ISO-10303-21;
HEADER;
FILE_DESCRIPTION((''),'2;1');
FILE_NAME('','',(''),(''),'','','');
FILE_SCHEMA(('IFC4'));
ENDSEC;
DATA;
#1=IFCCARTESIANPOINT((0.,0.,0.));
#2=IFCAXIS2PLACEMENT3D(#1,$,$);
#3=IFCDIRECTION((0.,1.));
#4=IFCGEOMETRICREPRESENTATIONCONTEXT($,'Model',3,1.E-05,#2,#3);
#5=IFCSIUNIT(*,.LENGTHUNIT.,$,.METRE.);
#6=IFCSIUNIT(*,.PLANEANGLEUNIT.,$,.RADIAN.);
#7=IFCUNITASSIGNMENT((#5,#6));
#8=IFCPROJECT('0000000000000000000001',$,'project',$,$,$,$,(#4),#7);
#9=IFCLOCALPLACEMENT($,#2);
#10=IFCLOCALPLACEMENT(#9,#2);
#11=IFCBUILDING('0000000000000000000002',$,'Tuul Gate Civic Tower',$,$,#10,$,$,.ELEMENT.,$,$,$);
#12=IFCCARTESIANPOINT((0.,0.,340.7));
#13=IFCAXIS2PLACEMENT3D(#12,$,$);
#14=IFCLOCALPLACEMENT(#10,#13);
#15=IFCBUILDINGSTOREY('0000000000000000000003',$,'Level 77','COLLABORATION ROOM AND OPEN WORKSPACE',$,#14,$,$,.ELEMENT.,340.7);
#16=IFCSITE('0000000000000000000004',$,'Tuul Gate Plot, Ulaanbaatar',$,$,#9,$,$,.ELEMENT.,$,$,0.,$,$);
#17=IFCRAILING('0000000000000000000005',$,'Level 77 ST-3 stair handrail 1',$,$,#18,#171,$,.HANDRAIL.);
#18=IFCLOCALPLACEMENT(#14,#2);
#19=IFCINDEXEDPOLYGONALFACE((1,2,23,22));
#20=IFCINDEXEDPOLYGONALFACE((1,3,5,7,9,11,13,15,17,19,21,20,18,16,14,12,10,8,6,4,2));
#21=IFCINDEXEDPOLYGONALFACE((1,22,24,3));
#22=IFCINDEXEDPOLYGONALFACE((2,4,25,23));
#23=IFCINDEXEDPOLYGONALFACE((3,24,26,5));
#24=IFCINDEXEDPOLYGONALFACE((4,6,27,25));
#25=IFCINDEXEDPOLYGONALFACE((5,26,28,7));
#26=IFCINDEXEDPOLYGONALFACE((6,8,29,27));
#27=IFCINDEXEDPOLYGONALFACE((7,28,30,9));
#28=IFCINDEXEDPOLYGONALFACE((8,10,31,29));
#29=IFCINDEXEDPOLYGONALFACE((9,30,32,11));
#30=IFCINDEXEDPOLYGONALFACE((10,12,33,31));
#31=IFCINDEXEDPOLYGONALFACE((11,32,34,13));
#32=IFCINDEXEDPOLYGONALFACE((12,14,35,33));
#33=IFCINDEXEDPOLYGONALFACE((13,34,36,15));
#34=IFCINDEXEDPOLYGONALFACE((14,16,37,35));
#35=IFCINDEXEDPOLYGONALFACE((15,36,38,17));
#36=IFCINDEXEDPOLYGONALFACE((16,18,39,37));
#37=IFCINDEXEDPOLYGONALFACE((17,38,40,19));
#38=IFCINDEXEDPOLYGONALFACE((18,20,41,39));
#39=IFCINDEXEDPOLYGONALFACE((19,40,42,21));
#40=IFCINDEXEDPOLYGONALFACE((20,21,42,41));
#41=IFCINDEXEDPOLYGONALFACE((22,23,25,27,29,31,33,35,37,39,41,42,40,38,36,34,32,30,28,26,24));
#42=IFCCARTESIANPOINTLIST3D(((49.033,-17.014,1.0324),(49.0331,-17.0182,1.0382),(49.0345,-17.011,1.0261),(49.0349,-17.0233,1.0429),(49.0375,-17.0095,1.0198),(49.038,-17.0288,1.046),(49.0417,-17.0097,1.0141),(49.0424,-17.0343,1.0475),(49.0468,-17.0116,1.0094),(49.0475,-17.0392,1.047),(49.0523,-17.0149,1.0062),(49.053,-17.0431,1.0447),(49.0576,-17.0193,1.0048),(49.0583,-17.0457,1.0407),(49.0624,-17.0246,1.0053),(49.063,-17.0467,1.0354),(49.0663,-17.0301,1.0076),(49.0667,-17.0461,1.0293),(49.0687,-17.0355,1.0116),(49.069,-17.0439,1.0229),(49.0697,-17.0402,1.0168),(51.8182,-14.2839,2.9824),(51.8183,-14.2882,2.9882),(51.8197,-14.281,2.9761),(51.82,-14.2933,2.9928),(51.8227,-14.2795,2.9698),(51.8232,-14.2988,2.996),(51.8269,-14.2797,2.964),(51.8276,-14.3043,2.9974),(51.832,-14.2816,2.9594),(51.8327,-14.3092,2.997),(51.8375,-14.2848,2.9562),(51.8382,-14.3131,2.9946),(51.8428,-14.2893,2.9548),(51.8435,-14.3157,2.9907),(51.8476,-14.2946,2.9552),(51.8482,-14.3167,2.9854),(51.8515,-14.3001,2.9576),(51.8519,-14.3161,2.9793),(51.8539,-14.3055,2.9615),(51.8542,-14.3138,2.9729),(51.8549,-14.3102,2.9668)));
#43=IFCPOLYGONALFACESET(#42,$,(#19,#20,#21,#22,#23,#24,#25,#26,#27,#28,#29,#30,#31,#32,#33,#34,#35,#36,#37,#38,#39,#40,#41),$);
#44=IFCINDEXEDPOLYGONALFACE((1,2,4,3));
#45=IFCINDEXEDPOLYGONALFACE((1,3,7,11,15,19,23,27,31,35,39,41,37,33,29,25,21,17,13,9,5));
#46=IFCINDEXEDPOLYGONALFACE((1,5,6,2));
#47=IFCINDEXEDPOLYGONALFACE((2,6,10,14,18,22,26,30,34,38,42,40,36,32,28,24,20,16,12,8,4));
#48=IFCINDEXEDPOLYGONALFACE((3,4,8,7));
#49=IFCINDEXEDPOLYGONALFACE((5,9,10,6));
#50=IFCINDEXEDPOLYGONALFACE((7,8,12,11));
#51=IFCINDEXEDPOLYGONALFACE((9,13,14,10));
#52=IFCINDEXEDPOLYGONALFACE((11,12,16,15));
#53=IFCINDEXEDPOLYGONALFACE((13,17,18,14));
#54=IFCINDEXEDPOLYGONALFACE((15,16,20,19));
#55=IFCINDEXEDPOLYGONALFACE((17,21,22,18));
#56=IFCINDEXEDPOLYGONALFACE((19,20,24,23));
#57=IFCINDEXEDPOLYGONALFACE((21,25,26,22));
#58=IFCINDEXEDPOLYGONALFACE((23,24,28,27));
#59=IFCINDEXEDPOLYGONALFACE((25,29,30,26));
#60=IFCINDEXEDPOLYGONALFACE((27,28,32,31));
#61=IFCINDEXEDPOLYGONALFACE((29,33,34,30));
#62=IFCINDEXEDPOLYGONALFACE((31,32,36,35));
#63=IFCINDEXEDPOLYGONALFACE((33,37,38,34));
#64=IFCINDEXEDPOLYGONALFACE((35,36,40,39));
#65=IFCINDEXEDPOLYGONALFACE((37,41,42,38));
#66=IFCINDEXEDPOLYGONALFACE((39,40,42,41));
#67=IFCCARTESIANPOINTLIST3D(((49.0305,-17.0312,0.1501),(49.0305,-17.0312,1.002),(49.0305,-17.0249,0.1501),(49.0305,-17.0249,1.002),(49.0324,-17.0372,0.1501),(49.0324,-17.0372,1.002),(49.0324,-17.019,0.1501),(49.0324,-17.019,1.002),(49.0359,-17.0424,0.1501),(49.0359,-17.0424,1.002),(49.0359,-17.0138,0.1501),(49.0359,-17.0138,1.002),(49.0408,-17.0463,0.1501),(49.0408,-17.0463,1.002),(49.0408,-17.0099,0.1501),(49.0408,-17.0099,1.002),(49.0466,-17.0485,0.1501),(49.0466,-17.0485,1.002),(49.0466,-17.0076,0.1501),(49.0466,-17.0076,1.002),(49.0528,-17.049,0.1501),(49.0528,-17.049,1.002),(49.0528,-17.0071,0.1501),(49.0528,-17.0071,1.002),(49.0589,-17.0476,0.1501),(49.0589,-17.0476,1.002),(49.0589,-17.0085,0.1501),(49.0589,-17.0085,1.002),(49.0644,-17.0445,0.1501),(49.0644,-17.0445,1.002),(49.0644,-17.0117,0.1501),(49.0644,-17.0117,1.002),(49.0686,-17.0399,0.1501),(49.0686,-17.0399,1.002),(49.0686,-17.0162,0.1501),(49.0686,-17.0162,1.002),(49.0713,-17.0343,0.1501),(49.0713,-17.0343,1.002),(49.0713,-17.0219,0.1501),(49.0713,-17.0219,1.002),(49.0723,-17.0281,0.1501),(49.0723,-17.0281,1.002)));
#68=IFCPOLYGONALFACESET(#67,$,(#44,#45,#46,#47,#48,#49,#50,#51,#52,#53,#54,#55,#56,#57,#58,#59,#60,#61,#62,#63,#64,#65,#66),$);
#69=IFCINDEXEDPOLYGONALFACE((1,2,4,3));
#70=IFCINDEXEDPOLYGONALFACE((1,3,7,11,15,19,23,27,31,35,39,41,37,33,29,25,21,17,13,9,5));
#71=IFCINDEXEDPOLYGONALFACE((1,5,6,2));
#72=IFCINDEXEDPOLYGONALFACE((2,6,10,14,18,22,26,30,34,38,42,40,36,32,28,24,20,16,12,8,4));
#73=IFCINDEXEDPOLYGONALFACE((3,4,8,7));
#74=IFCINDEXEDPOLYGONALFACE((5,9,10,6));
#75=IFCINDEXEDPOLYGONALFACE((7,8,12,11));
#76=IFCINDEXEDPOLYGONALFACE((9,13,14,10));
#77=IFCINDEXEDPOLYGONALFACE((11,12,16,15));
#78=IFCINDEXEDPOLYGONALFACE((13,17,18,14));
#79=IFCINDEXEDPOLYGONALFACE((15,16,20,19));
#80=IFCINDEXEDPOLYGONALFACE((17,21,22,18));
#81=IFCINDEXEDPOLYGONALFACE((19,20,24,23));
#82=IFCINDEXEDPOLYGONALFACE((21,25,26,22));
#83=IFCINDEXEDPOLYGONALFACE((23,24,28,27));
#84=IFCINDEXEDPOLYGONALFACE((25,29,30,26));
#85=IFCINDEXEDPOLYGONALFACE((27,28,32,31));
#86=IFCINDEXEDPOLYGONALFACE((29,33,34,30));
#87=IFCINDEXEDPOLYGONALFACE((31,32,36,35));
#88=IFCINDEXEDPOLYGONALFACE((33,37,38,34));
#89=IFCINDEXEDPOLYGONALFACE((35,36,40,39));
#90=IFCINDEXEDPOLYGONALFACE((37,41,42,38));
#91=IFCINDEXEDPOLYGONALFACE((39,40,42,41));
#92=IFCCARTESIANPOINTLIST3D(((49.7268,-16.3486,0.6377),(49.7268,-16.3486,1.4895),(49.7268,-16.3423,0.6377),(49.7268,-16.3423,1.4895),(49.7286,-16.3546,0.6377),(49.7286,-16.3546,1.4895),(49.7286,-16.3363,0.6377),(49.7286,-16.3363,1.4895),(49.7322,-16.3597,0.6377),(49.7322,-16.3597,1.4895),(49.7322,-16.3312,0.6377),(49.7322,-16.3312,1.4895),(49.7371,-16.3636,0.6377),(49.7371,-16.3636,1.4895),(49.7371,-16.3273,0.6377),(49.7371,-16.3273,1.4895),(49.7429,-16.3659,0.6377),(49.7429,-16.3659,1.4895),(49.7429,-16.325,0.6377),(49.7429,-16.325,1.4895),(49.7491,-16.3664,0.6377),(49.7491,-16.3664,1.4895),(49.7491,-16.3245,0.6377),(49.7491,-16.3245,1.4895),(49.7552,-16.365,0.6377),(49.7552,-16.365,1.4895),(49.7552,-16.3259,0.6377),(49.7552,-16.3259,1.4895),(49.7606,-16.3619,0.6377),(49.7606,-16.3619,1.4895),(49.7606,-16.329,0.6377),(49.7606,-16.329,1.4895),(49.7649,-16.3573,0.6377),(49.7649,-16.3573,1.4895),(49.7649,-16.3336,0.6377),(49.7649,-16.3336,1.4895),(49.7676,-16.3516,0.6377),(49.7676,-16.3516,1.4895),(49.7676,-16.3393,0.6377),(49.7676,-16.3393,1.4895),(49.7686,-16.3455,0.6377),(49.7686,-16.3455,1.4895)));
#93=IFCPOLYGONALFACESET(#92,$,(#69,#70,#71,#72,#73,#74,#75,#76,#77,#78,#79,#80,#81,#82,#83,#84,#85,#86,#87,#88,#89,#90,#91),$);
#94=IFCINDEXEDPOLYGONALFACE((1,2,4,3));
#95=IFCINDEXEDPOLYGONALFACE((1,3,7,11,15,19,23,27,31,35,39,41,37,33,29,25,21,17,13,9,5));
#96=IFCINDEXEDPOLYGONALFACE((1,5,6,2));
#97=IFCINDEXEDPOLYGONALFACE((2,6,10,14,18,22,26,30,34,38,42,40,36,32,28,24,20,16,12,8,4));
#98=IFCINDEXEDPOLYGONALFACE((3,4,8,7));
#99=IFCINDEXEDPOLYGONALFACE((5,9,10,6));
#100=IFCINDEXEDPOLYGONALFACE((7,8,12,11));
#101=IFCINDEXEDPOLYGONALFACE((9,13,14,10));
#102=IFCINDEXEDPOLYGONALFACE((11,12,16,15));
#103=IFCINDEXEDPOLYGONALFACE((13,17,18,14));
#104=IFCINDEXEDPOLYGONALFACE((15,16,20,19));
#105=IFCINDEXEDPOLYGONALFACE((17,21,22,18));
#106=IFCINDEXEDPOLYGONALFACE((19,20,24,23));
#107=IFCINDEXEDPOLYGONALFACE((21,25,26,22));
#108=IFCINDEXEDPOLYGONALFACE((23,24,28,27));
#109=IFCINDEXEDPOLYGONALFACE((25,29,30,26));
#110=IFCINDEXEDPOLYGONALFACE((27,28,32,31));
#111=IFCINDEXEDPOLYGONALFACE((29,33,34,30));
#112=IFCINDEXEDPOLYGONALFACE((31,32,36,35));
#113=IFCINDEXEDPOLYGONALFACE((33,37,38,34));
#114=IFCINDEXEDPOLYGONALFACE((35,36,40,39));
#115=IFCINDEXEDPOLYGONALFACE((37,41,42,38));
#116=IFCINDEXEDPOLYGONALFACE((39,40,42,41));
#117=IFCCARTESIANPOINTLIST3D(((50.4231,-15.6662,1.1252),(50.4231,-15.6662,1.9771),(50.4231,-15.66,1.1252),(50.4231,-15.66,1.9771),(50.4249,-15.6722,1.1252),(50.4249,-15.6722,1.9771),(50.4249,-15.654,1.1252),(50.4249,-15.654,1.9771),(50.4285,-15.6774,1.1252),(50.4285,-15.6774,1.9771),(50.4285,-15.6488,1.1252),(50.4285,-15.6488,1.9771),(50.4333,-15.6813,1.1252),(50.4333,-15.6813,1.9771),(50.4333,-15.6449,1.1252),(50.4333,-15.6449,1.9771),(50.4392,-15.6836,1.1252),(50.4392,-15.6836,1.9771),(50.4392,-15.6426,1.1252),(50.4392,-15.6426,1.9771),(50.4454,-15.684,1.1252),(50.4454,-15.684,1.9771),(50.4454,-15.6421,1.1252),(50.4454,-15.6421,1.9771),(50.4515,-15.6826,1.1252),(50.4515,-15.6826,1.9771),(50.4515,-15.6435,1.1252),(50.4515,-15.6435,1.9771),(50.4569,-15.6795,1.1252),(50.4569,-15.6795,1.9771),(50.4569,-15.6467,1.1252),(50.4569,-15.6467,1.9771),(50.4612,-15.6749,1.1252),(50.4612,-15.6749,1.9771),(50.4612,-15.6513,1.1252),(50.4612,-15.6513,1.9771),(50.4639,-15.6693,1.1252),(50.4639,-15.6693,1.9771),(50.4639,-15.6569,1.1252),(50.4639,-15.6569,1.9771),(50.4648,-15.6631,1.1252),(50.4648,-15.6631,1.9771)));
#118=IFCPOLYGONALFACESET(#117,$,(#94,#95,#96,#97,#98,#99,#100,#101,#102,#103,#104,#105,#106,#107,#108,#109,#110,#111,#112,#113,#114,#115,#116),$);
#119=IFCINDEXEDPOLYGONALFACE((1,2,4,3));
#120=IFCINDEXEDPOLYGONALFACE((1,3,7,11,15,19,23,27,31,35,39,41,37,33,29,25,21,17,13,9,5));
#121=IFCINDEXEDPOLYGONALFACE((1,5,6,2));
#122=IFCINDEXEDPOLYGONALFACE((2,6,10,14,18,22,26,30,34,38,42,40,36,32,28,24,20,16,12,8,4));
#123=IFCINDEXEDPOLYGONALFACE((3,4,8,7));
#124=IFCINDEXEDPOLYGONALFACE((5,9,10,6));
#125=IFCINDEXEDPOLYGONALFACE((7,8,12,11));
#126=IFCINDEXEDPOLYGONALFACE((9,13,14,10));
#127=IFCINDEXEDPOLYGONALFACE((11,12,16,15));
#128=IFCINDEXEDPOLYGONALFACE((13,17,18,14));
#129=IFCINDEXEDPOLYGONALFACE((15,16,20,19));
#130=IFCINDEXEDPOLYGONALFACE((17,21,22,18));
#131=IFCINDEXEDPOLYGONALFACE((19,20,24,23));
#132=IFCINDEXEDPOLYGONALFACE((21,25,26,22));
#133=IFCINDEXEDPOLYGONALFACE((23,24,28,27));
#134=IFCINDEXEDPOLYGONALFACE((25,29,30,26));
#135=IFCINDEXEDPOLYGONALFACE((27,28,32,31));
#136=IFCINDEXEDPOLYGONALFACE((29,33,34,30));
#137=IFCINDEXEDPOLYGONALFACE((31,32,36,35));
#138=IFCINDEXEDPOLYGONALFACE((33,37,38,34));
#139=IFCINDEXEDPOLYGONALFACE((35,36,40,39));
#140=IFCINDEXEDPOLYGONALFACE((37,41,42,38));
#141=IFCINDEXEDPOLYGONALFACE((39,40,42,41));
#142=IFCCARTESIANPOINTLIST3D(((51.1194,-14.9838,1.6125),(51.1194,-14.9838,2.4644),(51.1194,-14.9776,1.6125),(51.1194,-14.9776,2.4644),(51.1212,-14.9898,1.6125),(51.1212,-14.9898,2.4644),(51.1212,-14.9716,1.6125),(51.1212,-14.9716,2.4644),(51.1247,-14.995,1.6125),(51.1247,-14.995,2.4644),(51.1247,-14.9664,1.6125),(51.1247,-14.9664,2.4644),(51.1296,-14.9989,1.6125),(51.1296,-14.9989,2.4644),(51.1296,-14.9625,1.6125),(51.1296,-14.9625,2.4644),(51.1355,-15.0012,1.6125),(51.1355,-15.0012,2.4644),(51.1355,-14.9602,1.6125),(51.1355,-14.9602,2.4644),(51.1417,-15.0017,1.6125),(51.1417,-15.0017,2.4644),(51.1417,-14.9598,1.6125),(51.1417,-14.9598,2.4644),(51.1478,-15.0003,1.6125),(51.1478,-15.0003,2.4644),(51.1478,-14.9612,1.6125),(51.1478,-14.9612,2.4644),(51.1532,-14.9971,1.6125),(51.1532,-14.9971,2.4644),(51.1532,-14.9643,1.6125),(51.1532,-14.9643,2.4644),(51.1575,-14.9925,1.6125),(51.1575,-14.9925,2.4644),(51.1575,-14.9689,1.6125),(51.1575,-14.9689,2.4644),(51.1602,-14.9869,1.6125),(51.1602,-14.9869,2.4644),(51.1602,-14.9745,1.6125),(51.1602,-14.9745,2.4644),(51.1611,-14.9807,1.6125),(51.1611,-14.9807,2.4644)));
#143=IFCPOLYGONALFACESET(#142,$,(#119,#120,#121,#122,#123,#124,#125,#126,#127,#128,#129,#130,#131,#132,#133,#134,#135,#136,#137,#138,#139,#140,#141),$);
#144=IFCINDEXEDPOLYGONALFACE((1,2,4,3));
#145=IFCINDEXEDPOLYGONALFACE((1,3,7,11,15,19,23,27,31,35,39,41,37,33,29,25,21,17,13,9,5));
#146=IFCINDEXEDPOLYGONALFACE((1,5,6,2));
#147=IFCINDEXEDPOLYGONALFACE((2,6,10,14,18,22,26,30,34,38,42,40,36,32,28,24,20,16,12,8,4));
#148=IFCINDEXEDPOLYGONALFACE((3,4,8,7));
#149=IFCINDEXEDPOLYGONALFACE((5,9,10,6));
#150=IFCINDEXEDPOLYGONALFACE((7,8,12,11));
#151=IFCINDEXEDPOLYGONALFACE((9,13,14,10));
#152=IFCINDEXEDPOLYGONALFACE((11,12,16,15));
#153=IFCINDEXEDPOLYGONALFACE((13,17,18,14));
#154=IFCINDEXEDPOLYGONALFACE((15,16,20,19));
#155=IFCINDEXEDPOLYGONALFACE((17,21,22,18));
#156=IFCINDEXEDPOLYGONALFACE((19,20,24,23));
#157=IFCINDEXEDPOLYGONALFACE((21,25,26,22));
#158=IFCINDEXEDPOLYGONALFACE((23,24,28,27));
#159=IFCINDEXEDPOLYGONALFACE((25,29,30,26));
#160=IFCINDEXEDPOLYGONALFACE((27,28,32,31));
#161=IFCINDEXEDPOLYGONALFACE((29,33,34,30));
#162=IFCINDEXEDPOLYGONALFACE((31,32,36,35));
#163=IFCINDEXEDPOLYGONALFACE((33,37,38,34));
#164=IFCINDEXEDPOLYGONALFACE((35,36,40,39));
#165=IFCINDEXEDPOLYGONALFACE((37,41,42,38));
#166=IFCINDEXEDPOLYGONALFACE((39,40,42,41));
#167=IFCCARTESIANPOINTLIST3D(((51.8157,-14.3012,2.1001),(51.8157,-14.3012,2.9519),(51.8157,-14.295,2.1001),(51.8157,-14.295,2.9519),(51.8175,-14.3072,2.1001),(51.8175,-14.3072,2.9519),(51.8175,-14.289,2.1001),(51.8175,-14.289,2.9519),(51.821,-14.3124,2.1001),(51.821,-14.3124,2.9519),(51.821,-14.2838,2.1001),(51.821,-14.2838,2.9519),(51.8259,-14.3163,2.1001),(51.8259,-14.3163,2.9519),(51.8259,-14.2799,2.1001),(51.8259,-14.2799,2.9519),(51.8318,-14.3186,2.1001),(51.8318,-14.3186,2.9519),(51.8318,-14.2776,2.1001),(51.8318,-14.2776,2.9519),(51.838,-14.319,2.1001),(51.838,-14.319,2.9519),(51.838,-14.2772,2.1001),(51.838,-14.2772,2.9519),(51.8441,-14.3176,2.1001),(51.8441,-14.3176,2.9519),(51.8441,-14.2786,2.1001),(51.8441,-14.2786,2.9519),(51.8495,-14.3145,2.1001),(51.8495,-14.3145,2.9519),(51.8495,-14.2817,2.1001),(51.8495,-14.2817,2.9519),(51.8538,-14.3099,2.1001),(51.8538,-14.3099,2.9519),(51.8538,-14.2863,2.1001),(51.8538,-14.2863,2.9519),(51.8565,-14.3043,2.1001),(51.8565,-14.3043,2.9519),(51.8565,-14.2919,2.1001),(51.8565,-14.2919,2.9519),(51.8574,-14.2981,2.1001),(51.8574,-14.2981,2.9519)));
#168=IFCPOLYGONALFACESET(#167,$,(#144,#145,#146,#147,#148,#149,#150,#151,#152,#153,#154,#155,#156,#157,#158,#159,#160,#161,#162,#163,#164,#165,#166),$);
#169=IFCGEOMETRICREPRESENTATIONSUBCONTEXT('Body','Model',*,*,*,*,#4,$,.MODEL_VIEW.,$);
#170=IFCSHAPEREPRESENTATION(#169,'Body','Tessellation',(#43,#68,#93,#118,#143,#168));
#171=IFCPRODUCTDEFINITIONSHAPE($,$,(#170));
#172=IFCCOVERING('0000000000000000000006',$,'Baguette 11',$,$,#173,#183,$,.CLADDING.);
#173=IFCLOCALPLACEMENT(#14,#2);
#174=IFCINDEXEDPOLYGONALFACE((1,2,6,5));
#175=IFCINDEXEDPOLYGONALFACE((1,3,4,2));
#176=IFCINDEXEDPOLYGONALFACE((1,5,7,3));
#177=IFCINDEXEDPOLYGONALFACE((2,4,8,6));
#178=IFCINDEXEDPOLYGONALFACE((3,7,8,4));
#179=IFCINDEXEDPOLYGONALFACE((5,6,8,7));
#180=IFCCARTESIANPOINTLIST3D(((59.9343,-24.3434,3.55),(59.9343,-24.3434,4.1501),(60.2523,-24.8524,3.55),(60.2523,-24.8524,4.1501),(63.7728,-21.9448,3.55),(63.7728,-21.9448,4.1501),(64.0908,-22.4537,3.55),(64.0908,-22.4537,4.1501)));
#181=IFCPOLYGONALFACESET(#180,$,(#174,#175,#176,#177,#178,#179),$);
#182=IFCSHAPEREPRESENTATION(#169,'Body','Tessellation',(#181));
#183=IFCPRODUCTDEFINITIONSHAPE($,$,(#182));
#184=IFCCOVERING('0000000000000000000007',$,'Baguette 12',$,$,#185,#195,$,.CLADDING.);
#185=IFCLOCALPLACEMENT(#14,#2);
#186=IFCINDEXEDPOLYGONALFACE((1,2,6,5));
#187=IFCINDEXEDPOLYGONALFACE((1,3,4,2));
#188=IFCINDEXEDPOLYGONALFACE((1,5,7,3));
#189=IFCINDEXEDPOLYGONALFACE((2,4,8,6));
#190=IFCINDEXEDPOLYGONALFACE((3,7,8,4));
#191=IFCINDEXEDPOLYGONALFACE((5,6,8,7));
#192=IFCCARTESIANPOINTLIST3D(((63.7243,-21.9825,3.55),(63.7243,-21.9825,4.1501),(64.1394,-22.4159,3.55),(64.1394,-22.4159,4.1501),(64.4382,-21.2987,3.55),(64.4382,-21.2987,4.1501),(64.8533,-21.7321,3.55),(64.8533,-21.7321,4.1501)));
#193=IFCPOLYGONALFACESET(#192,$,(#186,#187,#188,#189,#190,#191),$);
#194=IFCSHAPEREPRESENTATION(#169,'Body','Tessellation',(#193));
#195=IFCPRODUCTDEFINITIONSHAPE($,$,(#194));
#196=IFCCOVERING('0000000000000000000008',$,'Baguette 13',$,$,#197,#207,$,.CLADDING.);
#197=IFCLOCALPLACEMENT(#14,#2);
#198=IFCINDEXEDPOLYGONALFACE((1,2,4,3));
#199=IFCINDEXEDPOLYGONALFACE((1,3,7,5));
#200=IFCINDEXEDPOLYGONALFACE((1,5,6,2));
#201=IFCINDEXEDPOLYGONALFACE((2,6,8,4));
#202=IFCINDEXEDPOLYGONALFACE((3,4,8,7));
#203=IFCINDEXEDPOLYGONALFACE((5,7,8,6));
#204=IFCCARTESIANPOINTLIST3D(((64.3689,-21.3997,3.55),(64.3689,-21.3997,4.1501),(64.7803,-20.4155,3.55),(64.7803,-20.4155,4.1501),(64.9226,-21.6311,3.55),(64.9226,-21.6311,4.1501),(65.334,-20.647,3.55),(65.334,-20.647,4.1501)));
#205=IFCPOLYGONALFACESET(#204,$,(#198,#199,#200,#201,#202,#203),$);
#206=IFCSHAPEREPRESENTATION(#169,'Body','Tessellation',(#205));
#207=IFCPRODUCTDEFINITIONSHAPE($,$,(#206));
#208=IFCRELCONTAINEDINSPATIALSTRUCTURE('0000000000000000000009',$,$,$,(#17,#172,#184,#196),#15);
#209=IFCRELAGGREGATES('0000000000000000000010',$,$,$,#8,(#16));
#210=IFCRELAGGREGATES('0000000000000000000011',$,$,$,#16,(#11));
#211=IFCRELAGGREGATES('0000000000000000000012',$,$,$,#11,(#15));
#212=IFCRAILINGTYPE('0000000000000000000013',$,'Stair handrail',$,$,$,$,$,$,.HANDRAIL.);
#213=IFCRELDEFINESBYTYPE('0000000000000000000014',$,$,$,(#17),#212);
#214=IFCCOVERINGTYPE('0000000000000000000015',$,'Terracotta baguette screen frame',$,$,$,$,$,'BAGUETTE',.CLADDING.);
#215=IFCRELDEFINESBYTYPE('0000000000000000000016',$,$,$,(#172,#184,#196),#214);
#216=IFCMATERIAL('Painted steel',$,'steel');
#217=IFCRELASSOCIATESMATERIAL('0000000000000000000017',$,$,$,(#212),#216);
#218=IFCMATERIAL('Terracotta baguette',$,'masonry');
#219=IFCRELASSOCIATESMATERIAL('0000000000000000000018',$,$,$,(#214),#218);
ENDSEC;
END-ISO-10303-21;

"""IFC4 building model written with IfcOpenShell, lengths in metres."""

from ifc_helpers import new_model, si_unit, direction, frame, origin, origin_2d, place, context, subcontext, project, spatial, rectangle, circle, extrude, material, material_profile, profile_set, type_object, element, save


model = new_model("IFC4")

# Units and contexts
model_context = context("Model", 3, precision=1e-05, world=origin(), true_north=direction((0.0, 1.0)))
body_context = subcontext(model_context, "Body", "Model", "MODEL_VIEW")
ifc_project = project(units=[si_unit("LENGTHUNIT", "METRE"), si_unit("PLANEANGLEUNIT", "RADIAN")], contexts=[model_context])

# Site, building, storey
site_placement = place(None, origin())
site = spatial("IfcSite", under=ifc_project, at=site_placement, Name="Tuul Gate Plot, Ulaanbaatar", CompositionType="ELEMENT", RefElevation=0.0)
building_placement = place(site_placement, origin())
building = spatial("IfcBuilding", under=site, at=building_placement, Name="Tuul Gate Civic Tower", CompositionType="ELEMENT")
storey_placement = place(building_placement, frame((0.0, 0.0, 340.7)))
storey = spatial("IfcBuildingStorey", under=building, at=storey_placement, Name="Level 77", Description="COLLABORATION ROOM AND OPEN WORKSPACE", CompositionType="ELEMENT", Elevation=340.7)

# Railing
ifc_material_1 = material(Name="Painted steel", Category="steel")
railing_type = type_object("IfcRailingType", Name="Stair handrail", PredefinedType="HANDRAIL", material=ifc_material_1)
railing_placement = place(storey_placement, frame((49.0513, -17.0281, 0.1501)))
element("IfcRailing", 1, at=railing_placement, inside=storey, type_object=railing_type, Name="Level 77 ST-3 stair handrail 1", PredefinedType="HANDRAIL", context=body_context, shape_type="SweptSolid", body=[
    extrude(circle(Radius=0.0239, at=origin_2d()), frame((0.0, 0.0, 0.876), z_axis=(0.638754, 0.6261, 0.447206), x_axis=(-0.699998, 0.714145, 0.0)), (0.0, 0.0, 1.0), 4.3604),
    extrude(circle(Radius=0.021, at=origin_2d()), origin(), (0.0, 0.0, 1.0), 0.8518),
    extrude(circle(Radius=0.021, at=origin_2d()), frame((0.6963, 0.6826, 0.4875)), (0.0, 0.0, 1.0), 0.8518),
    extrude(circle(Radius=0.021, at=origin_2d()), frame((1.3926, 1.365, 0.9751)), (0.0, 0.0, 1.0), 0.8518),
    extrude(circle(Radius=0.021, at=origin_2d()), frame((2.0889, 2.0474, 1.4624)), (0.0, 0.0, 1.0), 0.8518),
    extrude(circle(Radius=0.021, at=origin_2d()), frame((2.7852, 2.73, 1.95)), (0.0, 0.0, 1.0), 0.8518),
])

# Coverings
ifc_material_2 = material(Name="Terracotta baguette", Category="masonry")
ifc_material_profile_1 = material_profile(ifc_material_2, rectangle(XDim=0.6001, YDim=0.6001, at=origin_2d()), Name="Terracotta baguette screen frame")
ifc_profile_set_1 = profile_set([ifc_material_profile_1], Name="Terracotta baguette")
covering_type = type_object("IfcCoveringType", Name="Terracotta baguette screen frame", ElementType="BAGUETTE", PredefinedType="CLADDING", material=ifc_profile_set_1)
covering_1_placement = place(storey_placement, frame((60.0933, -24.5979, 3.8501), z_axis=(0.848044, 0.529926, 0.0), x_axis=(-0.529926, 0.848044, 0.0)))
element("IfcCovering", 2, at=covering_1_placement, inside=storey, type_object=covering_type, Name="Baguette 11", PredefinedType="CLADDING", context=body_context, shape_type="SweptSolid", body=[
    extrude(rectangle(XDim=0.6001, YDim=0.6001, at=origin_2d()), origin(), (0.0, 0.0, 1.0), 4.5264),
])
covering_2_placement = place(storey_placement, frame((63.9319, -22.1992, 3.8501), z_axis=(0.722132, 0.691755, 0.0), x_axis=(-0.691755, 0.722132, 0.0)))
element("IfcCovering", 3, at=covering_2_placement, inside=storey, type_object=covering_type, Name="Baguette 12", PredefinedType="CLADDING", context=body_context, shape_type="SweptSolid", body=[
    extrude(rectangle(XDim=0.6001, YDim=0.6001, at=origin_2d()), origin(), (0.0, 0.0, 1.0), 0.9885),
])
covering_3_placement = place(storey_placement, frame((64.6458, -21.5154, 3.8501), z_axis=(0.385672, 0.922636, 0.0), x_axis=(-0.922636, 0.385672, 0.0)))
element("IfcCovering", 4, at=covering_3_placement, inside=storey, type_object=covering_type, Name="Baguette 13", PredefinedType="CLADDING", context=body_context, shape_type="SweptSolid", body=[
    extrude(rectangle(XDim=0.6001, YDim=0.6001, at=origin_2d()), origin(), (0.0, 0.0, 1.0), 1.0667),
])

save(model, "model.ifc")
